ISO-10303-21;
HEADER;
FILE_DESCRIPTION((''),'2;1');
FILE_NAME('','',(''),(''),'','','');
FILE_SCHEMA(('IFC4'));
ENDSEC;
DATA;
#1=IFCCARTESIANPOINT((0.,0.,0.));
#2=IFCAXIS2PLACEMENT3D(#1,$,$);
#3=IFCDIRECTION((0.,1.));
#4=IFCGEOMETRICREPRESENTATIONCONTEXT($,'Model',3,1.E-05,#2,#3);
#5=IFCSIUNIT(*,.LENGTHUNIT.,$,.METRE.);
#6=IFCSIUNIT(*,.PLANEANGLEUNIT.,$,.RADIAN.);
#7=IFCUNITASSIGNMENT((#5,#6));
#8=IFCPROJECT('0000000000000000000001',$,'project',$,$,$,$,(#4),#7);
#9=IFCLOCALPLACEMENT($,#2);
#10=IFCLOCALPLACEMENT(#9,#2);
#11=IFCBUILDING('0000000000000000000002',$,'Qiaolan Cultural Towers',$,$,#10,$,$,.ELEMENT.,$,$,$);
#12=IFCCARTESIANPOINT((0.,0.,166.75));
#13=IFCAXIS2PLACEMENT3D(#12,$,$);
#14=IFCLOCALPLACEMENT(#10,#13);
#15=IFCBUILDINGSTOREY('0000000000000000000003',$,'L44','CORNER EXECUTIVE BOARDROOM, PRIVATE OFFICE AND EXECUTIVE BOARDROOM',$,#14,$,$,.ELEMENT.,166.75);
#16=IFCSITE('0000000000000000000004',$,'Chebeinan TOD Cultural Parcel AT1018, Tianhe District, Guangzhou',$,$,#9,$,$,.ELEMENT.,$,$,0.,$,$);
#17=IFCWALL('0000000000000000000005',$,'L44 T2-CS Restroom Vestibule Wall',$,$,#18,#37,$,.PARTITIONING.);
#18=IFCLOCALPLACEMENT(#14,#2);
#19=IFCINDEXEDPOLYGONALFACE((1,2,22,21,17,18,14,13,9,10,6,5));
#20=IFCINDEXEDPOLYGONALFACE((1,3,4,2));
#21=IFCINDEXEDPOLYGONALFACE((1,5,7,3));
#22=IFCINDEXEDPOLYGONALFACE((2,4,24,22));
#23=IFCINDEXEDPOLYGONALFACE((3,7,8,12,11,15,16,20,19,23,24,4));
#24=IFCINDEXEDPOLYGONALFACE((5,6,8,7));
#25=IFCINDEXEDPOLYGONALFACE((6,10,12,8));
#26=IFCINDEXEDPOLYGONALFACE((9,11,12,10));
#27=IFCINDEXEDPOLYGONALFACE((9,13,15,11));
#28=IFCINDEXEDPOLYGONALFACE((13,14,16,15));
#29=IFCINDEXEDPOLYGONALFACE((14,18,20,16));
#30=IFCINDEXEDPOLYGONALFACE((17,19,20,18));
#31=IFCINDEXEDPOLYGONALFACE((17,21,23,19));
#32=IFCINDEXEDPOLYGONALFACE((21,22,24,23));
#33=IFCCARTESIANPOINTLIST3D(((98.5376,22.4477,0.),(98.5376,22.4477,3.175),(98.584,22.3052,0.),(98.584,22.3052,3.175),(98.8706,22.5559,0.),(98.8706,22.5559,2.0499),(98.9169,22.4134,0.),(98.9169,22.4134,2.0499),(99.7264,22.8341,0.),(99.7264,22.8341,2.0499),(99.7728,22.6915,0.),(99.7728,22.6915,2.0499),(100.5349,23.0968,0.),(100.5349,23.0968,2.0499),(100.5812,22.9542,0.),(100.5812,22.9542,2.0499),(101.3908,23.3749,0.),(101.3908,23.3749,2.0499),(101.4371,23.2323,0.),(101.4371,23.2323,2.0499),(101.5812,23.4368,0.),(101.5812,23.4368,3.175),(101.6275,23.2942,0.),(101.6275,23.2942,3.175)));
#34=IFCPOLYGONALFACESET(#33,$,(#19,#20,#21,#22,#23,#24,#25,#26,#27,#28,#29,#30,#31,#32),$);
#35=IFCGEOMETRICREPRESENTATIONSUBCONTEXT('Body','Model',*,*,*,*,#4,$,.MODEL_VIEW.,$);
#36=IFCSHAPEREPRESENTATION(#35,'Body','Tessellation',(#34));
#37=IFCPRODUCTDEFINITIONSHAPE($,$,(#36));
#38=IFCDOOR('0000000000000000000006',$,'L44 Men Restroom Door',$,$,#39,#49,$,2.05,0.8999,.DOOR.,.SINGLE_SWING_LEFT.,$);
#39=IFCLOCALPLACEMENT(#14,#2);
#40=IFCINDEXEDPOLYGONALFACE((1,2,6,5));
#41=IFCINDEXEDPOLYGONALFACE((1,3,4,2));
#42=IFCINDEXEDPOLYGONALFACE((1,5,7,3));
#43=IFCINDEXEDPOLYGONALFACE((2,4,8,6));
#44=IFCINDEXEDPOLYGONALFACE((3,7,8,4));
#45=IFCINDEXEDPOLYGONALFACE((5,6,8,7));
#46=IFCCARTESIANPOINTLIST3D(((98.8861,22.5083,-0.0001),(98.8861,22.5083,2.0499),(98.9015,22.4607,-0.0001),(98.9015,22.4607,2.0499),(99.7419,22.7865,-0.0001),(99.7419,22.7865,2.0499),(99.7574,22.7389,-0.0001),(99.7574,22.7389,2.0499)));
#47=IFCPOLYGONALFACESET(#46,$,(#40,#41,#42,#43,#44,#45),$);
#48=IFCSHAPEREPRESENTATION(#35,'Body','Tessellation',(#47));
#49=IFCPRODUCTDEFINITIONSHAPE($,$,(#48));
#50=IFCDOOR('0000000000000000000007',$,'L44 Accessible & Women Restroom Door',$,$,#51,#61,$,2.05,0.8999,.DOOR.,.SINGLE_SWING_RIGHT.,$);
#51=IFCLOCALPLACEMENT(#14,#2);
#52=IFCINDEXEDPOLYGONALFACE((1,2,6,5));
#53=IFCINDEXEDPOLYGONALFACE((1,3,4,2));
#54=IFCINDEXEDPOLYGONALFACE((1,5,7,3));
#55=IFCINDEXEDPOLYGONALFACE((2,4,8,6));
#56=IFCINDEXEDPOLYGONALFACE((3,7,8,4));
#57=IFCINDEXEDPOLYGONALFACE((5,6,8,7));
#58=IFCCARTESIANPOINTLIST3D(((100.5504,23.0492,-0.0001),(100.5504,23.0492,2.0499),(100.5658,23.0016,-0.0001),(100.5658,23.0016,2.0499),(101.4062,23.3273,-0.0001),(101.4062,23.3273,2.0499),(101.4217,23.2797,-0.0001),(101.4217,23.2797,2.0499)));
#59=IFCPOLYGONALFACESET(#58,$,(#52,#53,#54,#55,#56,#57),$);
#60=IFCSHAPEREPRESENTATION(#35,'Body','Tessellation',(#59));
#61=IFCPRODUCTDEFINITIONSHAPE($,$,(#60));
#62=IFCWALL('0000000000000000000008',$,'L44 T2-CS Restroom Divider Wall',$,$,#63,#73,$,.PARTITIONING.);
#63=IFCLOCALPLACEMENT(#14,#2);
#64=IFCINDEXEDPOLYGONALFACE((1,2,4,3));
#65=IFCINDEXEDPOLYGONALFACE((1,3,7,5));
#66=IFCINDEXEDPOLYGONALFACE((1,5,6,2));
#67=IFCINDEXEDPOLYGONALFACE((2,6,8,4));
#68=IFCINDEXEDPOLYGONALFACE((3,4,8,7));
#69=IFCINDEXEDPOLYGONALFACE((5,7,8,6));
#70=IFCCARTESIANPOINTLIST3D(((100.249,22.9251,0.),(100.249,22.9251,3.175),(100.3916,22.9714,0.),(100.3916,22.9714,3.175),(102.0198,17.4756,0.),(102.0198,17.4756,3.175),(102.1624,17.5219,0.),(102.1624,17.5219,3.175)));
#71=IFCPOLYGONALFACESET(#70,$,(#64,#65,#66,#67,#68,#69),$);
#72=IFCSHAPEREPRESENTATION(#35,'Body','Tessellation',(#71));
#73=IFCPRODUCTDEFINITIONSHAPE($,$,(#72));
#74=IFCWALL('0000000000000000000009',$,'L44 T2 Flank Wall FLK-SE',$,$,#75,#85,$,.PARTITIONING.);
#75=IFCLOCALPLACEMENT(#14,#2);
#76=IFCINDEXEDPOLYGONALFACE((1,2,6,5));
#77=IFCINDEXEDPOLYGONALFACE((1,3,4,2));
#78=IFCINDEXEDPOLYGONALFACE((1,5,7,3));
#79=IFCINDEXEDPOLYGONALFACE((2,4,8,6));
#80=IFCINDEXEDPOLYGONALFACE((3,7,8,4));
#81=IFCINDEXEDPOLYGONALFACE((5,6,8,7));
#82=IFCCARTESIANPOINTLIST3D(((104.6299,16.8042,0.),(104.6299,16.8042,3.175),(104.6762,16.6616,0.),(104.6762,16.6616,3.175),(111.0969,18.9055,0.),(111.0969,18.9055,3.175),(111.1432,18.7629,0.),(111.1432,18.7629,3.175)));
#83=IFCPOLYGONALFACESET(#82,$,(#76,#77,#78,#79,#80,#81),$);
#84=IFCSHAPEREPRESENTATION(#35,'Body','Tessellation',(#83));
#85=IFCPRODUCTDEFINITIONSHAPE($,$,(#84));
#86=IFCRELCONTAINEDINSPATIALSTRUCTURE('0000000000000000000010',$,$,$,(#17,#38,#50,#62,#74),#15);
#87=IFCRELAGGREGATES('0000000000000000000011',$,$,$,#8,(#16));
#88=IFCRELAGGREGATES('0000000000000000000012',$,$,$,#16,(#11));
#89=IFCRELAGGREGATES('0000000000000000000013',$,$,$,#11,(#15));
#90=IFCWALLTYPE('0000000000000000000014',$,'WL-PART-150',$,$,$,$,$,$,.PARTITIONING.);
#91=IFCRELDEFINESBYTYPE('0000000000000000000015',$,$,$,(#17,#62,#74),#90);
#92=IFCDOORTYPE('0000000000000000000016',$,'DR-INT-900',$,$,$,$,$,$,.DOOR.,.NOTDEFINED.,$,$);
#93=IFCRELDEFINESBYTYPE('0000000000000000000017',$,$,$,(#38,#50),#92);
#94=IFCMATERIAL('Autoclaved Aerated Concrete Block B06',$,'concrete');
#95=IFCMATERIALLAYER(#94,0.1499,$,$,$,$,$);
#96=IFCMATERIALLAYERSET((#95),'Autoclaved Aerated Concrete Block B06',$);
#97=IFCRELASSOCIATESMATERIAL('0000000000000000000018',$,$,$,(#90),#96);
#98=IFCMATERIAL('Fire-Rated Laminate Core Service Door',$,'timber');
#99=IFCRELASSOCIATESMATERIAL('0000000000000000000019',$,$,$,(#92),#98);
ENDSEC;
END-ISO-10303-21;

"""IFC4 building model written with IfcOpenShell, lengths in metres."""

from ifc_helpers import new_model, si_unit, direction, frame, frame_2d, origin, place, context, subcontext, project, spatial, rectangle, extrude, material, layer, layer_set, type_object, element, fill, save


model = new_model("IFC4")

# Units and contexts
model_context = context("Model", 3, precision=1e-05, world=origin(), true_north=direction((0.0, 1.0)))
body_context = subcontext(model_context, "Body", "Model", "MODEL_VIEW")
ifc_project = project(units=[si_unit("LENGTHUNIT", "METRE"), si_unit("PLANEANGLEUNIT", "RADIAN")], contexts=[model_context])

# Site, building, storey
site_placement = place(None, origin())
site = spatial("IfcSite", under=ifc_project, at=site_placement, Name="Chebeinan TOD Cultural Parcel AT1018, Tianhe District, Guangzhou", CompositionType="ELEMENT", RefElevation=0.0)
building_placement = place(site_placement, origin())
building = spatial("IfcBuilding", under=site, at=building_placement, Name="Qiaolan Cultural Towers", CompositionType="ELEMENT")
storey_placement = place(building_placement, frame((0.0, 0.0, 166.75)))
storey = spatial("IfcBuildingStorey", under=building, at=storey_placement, Name="L44", Description="CORNER EXECUTIVE BOARDROOM, PRIVATE OFFICE AND EXECUTIVE BOARDROOM", CompositionType="ELEMENT", Elevation=166.75)

# Shared definitions
ifc_material_1 = material(Name="Autoclaved Aerated Concrete Block B06", Category="concrete")
ifc_layer_1 = layer(ifc_material_1, 0.1499)
ifc_layer_set_1 = layer_set([ifc_layer_1], Name="Autoclaved Aerated Concrete Block B06")
wall_type_1 = type_object("IfcWallType", Name="WL-PART-150", PredefinedType="PARTITIONING", material=ifc_layer_set_1)

# Wall, openings, doors
wall_1_placement = place(storey_placement, frame((98.5608, 22.3765, 0.0), z_axis=(0.0, 0.0, 1.0), x_axis=(0.951044, 0.309055, 0.0)))
wall_1 = element("IfcWall", 1, at=wall_1_placement, inside=storey, type_object=wall_type_1, Name="L44 T2-CS Restroom Vestibule Wall", PredefinedType="PARTITIONING", context=body_context, shape_type="SweptSolid", body=[
    extrude(rectangle(XDim=3.2002, YDim=0.1499, at=frame_2d((1.6001, 0.0))), origin(), (0.0, 0.0, 1.0), 3.175),
])
opening_1_placement = place(wall_1_placement, frame((0.3501, 0.0, 0.0)))
opening_1 = element("IfcOpeningElement", 2, at=opening_1_placement, cuts=wall_1, PredefinedType="OPENING", context=body_context, shape_type="SweptSolid", body=[
    extrude(rectangle(XDim=0.8999, YDim=2.05, at=frame_2d((0.45, 1.0249))), frame((0.0, 0.085, 0.0), z_axis=(0.0, -1.0, 0.0), x_axis=(1.0, 0.0, 0.0)), (0.0, 0.0, 1.0), 0.1699),
])
opening_2_placement = place(wall_1_placement, frame((2.1001, 0.0, 0.0)))
opening_2 = element("IfcOpeningElement", 3, at=opening_2_placement, cuts=wall_1, PredefinedType="OPENING", context=body_context, shape_type="SweptSolid", body=[
    extrude(rectangle(XDim=0.8999, YDim=2.05, at=frame_2d((0.45, 1.0249))), frame((0.0, 0.085, 0.0), z_axis=(0.0, -1.0, 0.0), x_axis=(1.0, 0.0, 0.0)), (0.0, 0.0, 1.0), 0.1699),
])
ifc_material_2 = material(Name="Fire-Rated Laminate Core Service Door", Category="timber")
door_type_1 = type_object("IfcDoorType", Name="DR-INT-900", OperationType="NOTDEFINED", PredefinedType="DOOR", material=ifc_material_2)
door_1_placement = place(opening_1_placement, origin())
door_1 = element("IfcDoor", 4, at=door_1_placement, inside=storey, type_object=door_type_1, Name="L44 Men Restroom Door", OperationType="SINGLE_SWING_LEFT", OverallHeight=2.05, OverallWidth=0.8999, PredefinedType="DOOR", context=body_context, shape_type="SweptSolid", body=[
    extrude(rectangle(XDim=0.8999, YDim=2.05, at=frame_2d((0.45, 1.0249))), frame((0.0, 0.0249, 0.0), z_axis=(0.0, -1.0, 0.0), x_axis=(1.0, 0.0, 0.0)), (0.0, 0.0, 1.0), 0.05),
])
fill(opening_1, door_1)
door_2_placement = place(opening_2_placement, origin())
door_2 = element("IfcDoor", 5, at=door_2_placement, inside=storey, type_object=door_type_1, Name="L44 Accessible & Women Restroom Door", OperationType="SINGLE_SWING_RIGHT", OverallHeight=2.05, OverallWidth=0.8999, PredefinedType="DOOR", context=body_context, shape_type="SweptSolid", body=[
    extrude(rectangle(XDim=0.8999, YDim=2.05, at=frame_2d((0.45, 1.0249))), frame((0.0, 0.0249, 0.0), z_axis=(0.0, -1.0, 0.0), x_axis=(1.0, 0.0, 0.0)), (0.0, 0.0, 1.0), 0.05),
])
fill(opening_2, door_2)

# Walls
wall_2_placement = place(storey_placement, frame((100.3203, 22.9482, 0.0), z_axis=(0.0, 0.0, 1.0), x_axis=(0.309035, -0.951051, 0.0)))
element("IfcWall", 6, at=wall_2_placement, inside=storey, type_object=wall_type_1, Name="L44 T2-CS Restroom Divider Wall", PredefinedType="PARTITIONING", context=body_context, shape_type="SweptSolid", body=[
    extrude(rectangle(XDim=5.73, YDim=0.1499, at=frame_2d((2.865, 0.0))), origin(), (0.0, 0.0, 1.0), 3.175),
])
wall_3_placement = place(storey_placement, frame((104.6531, 16.7329, 0.0), z_axis=(0.0, 0.0, 1.0), x_axis=(0.951054, 0.309024, 0.0)))
element("IfcWall", 7, at=wall_3_placement, inside=storey, type_object=wall_type_1, Name="L44 T2 Flank Wall FLK-SE", PredefinedType="PARTITIONING", context=body_context, shape_type="SweptSolid", body=[
    extrude(rectangle(XDim=6.7998, YDim=0.1499, at=frame_2d((3.3999, 0.0))), origin(), (0.0, 0.0, 1.0), 3.175),
])

save(model, "model.ifc")
